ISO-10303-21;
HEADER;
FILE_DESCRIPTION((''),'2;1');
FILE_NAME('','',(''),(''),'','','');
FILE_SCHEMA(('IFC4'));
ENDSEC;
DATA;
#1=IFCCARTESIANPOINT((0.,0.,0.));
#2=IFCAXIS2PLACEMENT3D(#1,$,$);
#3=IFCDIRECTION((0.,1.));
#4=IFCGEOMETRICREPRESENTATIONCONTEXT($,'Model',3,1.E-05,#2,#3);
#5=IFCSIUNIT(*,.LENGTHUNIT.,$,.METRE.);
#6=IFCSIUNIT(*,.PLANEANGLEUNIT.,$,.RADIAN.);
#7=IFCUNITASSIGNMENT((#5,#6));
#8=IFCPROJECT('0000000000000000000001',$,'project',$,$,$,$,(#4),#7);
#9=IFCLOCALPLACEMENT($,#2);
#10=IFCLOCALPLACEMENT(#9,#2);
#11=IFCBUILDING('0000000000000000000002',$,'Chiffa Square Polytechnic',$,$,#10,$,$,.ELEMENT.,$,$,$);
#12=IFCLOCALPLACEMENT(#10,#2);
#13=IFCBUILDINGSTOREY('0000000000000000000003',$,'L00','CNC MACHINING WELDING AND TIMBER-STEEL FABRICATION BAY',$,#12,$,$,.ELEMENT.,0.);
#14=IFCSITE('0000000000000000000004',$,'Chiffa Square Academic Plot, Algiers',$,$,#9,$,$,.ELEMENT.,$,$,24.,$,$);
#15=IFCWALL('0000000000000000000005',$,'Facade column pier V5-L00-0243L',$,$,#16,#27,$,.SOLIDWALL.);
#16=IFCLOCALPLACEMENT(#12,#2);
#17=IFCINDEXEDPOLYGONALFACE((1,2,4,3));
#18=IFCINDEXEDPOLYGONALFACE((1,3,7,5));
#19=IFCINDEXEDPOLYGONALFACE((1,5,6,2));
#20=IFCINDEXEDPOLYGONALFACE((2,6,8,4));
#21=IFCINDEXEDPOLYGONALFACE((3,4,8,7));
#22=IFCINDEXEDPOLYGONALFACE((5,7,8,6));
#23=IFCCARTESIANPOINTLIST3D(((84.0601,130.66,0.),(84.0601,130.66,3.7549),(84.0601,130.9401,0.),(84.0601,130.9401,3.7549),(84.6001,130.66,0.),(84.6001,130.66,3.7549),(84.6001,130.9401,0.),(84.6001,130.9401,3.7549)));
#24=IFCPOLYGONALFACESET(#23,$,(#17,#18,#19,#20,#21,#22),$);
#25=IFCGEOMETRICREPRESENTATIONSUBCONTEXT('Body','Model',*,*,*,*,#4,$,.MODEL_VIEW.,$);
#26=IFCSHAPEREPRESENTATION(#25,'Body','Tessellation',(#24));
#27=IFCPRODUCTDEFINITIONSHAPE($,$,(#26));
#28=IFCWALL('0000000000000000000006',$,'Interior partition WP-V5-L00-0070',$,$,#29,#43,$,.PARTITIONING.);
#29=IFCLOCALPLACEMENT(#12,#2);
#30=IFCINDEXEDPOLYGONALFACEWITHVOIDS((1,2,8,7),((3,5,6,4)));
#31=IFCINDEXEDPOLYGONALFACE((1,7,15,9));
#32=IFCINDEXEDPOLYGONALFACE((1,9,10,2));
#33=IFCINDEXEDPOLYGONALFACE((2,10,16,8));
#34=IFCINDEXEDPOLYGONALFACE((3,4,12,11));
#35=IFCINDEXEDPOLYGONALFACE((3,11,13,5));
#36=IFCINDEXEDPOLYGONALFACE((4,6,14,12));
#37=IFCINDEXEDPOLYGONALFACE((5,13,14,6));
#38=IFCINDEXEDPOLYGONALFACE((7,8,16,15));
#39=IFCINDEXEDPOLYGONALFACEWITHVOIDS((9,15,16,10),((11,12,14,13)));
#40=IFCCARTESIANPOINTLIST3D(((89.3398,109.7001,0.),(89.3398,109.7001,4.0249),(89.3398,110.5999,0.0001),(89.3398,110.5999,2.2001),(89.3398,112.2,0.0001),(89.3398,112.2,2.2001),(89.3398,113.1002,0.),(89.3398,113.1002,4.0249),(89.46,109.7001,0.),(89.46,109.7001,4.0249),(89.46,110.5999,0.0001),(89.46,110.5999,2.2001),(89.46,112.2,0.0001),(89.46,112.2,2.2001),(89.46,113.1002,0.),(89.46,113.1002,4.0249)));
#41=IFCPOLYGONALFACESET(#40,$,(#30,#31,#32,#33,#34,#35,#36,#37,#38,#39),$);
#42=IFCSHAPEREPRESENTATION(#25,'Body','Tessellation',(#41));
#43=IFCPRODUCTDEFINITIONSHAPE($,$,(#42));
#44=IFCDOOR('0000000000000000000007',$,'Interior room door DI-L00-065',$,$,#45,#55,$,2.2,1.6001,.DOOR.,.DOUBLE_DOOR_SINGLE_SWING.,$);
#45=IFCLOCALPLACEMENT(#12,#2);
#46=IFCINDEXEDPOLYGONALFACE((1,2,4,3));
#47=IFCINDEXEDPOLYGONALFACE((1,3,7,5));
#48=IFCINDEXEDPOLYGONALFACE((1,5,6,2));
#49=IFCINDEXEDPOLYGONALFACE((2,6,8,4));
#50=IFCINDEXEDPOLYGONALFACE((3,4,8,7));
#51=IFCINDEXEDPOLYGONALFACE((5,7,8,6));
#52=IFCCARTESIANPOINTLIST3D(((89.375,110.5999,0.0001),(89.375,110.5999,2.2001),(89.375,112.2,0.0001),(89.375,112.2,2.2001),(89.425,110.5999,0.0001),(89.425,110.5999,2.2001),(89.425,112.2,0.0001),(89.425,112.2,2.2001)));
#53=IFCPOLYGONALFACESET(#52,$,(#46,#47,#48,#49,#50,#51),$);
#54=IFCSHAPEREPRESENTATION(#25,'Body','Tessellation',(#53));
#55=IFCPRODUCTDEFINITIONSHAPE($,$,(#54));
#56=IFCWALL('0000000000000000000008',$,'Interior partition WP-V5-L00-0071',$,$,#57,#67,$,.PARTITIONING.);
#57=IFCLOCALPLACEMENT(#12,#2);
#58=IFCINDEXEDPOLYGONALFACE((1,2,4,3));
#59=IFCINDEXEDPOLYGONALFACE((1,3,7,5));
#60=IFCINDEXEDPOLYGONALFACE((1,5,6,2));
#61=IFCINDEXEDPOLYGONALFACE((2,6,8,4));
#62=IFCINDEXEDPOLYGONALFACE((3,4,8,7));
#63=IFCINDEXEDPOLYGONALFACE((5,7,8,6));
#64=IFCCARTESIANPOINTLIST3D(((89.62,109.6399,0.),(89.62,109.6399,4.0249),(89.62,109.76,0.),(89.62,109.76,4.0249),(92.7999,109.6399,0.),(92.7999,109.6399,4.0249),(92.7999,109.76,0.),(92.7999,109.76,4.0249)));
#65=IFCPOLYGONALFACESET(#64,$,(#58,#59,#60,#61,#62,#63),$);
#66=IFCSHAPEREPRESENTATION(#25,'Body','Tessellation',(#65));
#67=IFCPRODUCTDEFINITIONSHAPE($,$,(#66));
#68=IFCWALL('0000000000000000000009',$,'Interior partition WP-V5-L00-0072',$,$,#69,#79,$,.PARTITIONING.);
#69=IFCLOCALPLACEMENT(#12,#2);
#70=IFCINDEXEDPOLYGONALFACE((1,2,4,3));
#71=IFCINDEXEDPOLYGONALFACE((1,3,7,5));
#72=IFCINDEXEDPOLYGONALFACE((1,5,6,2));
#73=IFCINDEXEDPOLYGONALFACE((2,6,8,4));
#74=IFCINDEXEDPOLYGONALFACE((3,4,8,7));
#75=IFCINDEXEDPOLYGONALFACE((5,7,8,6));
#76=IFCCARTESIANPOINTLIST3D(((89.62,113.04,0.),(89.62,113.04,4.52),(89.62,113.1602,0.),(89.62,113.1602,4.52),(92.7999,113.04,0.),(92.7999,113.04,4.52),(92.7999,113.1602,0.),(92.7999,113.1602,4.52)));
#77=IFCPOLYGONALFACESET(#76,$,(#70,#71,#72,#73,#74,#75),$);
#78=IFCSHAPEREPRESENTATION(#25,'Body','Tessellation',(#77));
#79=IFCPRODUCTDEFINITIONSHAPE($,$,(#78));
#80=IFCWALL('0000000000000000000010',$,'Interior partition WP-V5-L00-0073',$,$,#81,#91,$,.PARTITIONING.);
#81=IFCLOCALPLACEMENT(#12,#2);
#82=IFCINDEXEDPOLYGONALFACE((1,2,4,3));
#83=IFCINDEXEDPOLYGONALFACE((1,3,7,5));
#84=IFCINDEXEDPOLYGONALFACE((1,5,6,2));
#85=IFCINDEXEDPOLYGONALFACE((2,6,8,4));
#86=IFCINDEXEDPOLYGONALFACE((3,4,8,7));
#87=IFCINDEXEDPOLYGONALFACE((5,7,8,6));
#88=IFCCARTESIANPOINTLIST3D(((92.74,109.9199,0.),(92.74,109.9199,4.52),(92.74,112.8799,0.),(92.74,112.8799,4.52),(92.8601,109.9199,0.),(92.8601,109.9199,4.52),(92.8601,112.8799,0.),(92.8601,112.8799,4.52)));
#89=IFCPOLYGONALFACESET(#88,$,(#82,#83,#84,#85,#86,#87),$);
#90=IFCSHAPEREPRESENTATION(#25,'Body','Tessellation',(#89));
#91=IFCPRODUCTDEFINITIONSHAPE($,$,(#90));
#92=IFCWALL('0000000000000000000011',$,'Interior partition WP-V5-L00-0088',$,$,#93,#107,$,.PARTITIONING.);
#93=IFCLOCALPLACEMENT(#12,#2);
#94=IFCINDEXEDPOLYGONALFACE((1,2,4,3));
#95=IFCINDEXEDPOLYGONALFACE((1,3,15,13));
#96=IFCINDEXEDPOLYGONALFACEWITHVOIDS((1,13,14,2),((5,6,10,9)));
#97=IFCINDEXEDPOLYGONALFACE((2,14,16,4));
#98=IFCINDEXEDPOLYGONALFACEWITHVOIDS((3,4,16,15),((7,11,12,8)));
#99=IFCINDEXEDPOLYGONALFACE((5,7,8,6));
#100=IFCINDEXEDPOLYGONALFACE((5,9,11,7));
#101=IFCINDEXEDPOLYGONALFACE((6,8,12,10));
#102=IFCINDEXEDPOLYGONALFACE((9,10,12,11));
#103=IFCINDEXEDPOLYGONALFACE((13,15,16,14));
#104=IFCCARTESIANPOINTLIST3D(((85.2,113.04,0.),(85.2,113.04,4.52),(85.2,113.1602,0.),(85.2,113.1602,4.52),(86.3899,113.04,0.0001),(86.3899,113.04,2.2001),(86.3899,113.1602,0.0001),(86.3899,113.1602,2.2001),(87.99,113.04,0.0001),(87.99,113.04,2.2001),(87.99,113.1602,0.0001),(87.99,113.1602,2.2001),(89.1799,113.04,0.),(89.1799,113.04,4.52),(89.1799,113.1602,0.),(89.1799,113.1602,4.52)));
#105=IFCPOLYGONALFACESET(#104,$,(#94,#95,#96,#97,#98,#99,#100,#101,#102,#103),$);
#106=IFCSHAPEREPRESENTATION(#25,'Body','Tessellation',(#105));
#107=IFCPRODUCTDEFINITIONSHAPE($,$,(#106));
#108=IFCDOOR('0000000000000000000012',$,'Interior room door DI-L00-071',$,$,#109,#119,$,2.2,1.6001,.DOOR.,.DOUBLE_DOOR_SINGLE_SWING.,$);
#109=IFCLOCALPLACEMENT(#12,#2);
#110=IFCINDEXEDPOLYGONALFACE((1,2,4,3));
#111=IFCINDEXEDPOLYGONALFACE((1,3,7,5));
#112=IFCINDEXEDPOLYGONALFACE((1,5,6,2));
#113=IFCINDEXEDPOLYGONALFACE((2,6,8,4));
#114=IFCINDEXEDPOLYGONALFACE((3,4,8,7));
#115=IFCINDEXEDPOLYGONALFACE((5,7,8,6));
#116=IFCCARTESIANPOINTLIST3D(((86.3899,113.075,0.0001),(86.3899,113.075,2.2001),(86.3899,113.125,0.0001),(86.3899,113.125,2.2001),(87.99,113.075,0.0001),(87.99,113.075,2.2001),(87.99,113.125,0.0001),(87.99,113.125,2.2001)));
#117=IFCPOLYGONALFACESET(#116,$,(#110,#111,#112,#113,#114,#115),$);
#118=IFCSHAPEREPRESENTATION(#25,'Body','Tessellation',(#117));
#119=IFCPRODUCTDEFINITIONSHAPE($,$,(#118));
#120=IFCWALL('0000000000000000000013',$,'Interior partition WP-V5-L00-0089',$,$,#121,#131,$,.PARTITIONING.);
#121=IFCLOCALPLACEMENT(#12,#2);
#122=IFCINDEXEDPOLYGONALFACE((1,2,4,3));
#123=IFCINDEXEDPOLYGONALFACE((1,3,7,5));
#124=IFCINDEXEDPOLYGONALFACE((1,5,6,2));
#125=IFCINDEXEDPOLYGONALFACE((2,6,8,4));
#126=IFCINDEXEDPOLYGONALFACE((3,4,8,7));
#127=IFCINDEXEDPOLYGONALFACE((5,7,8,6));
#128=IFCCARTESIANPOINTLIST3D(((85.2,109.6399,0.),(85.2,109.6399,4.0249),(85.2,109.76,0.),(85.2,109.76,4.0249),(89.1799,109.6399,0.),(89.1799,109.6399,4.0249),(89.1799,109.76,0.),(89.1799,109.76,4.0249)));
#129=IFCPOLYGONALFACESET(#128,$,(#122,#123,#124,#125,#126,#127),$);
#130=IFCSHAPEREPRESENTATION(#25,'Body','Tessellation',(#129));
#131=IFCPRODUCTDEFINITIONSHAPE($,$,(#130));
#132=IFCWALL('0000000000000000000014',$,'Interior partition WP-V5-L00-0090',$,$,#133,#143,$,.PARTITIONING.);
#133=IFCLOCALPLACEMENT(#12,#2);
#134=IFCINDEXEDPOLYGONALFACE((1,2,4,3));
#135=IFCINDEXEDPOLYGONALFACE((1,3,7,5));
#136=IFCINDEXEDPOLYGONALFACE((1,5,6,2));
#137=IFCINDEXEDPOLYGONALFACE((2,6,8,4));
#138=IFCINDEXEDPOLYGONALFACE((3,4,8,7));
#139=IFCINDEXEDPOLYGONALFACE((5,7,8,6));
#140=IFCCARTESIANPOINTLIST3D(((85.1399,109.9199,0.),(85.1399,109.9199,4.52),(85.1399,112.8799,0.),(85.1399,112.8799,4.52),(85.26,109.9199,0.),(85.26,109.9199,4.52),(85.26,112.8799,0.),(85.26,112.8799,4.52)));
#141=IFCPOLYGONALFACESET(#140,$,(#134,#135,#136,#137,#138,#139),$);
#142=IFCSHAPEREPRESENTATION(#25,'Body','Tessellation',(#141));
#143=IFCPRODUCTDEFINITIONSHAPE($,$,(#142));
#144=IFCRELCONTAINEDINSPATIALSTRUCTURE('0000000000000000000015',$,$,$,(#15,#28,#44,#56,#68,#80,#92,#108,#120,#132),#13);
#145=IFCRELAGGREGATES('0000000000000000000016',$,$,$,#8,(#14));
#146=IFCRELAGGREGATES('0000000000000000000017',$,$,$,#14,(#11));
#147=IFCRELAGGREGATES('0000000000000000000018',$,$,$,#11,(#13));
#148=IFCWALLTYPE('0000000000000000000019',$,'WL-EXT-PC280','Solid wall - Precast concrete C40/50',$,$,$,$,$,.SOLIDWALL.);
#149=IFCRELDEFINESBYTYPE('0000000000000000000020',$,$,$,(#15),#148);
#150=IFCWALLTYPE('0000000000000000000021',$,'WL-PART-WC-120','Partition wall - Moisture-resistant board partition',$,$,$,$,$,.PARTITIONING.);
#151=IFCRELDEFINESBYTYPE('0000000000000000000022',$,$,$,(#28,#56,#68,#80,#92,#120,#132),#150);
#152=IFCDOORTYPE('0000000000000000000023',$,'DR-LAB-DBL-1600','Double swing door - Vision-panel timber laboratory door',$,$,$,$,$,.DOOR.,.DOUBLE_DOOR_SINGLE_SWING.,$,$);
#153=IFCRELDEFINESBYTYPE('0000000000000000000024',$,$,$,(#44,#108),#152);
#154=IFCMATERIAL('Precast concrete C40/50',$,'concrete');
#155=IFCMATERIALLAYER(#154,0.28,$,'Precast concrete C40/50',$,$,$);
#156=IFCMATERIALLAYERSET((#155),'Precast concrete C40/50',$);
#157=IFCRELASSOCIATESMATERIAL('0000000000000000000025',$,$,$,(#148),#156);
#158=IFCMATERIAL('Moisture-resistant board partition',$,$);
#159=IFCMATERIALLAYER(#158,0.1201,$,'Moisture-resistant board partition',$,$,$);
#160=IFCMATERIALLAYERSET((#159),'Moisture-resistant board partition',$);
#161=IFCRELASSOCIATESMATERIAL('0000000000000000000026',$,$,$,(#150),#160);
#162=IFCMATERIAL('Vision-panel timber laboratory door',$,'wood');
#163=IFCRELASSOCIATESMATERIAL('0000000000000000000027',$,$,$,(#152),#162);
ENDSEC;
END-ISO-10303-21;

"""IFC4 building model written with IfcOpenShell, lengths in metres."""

from ifc_helpers import new_model, si_unit, direction, frame, frame_2d, origin, place, context, subcontext, project, spatial, rectangle, extrude, material, layer, layer_set, type_object, element, fill, save


model = new_model("IFC4")

# Units and contexts
model_context = context("Model", 3, precision=1e-05, world=origin(), true_north=direction((0.0, 1.0)))
body_context = subcontext(model_context, "Body", "Model", "MODEL_VIEW")
ifc_project = project(units=[si_unit("LENGTHUNIT", "METRE"), si_unit("PLANEANGLEUNIT", "RADIAN")], contexts=[model_context])

# Site, building, storey
site_placement = place(None, origin())
site = spatial("IfcSite", under=ifc_project, at=site_placement, Name="Chiffa Square Academic Plot, Algiers", CompositionType="ELEMENT", RefElevation=24.0)
building_placement = place(site_placement, origin())
building = spatial("IfcBuilding", under=site, at=building_placement, Name="Chiffa Square Polytechnic", CompositionType="ELEMENT")
storey_placement = place(building_placement, origin())
storey = spatial("IfcBuildingStorey", under=building, at=storey_placement, Name="L00", Description="CNC MACHINING WELDING AND TIMBER-STEEL FABRICATION BAY", CompositionType="ELEMENT", Elevation=0.0)

# Wall
ifc_material_1 = material(Name="Precast concrete C40/50", Category="concrete")
ifc_layer_1 = layer(ifc_material_1, 0.28, Name="Precast concrete C40/50")
ifc_layer_set_1 = layer_set([ifc_layer_1], Name="Precast concrete C40/50")
wall_type_1 = type_object("IfcWallType", Name="WL-EXT-PC280", Description="Solid wall - Precast concrete C40/50", PredefinedType="SOLIDWALL", material=ifc_layer_set_1)
wall_1_placement = place(storey_placement, frame((84.6001, 130.8, 0.0), z_axis=(0.0, 0.0, 1.0), x_axis=(-1.0, 0.0, 0.0)))
element("IfcWall", 1, at=wall_1_placement, inside=storey, type_object=wall_type_1, Name="Facade column pier V5-L00-0243L", PredefinedType="SOLIDWALL", context=body_context, shape_type="SweptSolid", body=[
    extrude(rectangle(XDim=0.54, YDim=0.28, at=frame_2d((0.27, 0.0))), origin(), (0.0, 0.0, 1.0), 3.7549),
])

# Wall, opening, door
ifc_material_2 = material(Name="Moisture-resistant board partition")
ifc_layer_2 = layer(ifc_material_2, 0.1201, Name="Moisture-resistant board partition")
ifc_layer_set_2 = layer_set([ifc_layer_2], Name="Moisture-resistant board partition")
wall_type_2 = type_object("IfcWallType", Name="WL-PART-WC-120", Description="Partition wall - Moisture-resistant board partition", PredefinedType="PARTITIONING", material=ifc_layer_set_2)
wall_2_placement = place(storey_placement, frame((89.3999, 109.7, 0.0), z_axis=(0.0, 0.0, 1.0), x_axis=(0.0, 1.0, 0.0)))
wall_2 = element("IfcWall", 2, at=wall_2_placement, inside=storey, type_object=wall_type_2, Name="Interior partition WP-V5-L00-0070", PredefinedType="PARTITIONING", context=body_context, shape_type="SweptSolid", body=[
    extrude(rectangle(XDim=3.4001, YDim=0.1201, at=frame_2d((1.7002, 0.0))), origin(), (0.0, 0.0, 1.0), 4.0249),
])
opening_1_placement = place(wall_2_placement, frame((0.8999, 0.0, 0.0)))
opening_1 = element("IfcOpeningElement", 3, at=opening_1_placement, cuts=wall_2, PredefinedType="OPENING", context=body_context, shape_type="SweptSolid", body=[
    extrude(rectangle(XDim=1.6001, YDim=2.2, at=frame_2d((0.8, 1.1001))), frame((0.0, 0.0701, 0.0), z_axis=(0.0, -1.0, 0.0), x_axis=(1.0, 0.0, 0.0)), (0.0, 0.0, 1.0), 0.1401),
])
ifc_material_3 = material(Name="Vision-panel timber laboratory door", Category="wood")
door_type = type_object("IfcDoorType", Name="DR-LAB-DBL-1600", Description="Double swing door - Vision-panel timber laboratory door", OperationType="DOUBLE_DOOR_SINGLE_SWING", PredefinedType="DOOR", material=ifc_material_3)
door_1_placement = place(opening_1_placement, origin())
door_1 = element("IfcDoor", 4, at=door_1_placement, inside=storey, type_object=door_type, Name="Interior room door DI-L00-065", OperationType="DOUBLE_DOOR_SINGLE_SWING", OverallHeight=2.2, OverallWidth=1.6001, PredefinedType="DOOR", context=body_context, shape_type="SweptSolid", body=[
    extrude(rectangle(XDim=1.6001, YDim=2.2, at=frame_2d((0.8, 1.1001))), frame((0.0, 0.0249, 0.0), z_axis=(0.0, -1.0, 0.0), x_axis=(1.0, 0.0, 0.0)), (0.0, 0.0, 1.0), 0.05),
])
fill(opening_1, door_1)

# Walls
wall_3_placement = place(storey_placement, frame((89.6201, 109.7, 0.0), z_axis=(0.0, 0.0, 1.0), x_axis=(1.0, 0.0, 0.0)))
element("IfcWall", 5, at=wall_3_placement, inside=storey, type_object=wall_type_2, Name="Interior partition WP-V5-L00-0071", PredefinedType="PARTITIONING", context=body_context, shape_type="SweptSolid", body=[
    extrude(rectangle(XDim=3.1799, YDim=0.1201, at=frame_2d((1.5898, 0.0))), origin(), (0.0, 0.0, 1.0), 4.0249),
])
wall_4_placement = place(storey_placement, frame((89.6201, 113.1001, 0.0), z_axis=(0.0, 0.0, 1.0), x_axis=(1.0, 0.0, 0.0)))
element("IfcWall", 6, at=wall_4_placement, inside=storey, type_object=wall_type_2, Name="Interior partition WP-V5-L00-0072", PredefinedType="PARTITIONING", context=body_context, shape_type="SweptSolid", body=[
    extrude(rectangle(XDim=3.1799, YDim=0.1201, at=frame_2d((1.5898, 0.0))), origin(), (0.0, 0.0, 1.0), 4.52),
])
wall_5_placement = place(storey_placement, frame((92.8, 109.9199, 0.0), z_axis=(0.0, 0.0, 1.0), x_axis=(0.0, 1.0, 0.0)))
element("IfcWall", 7, at=wall_5_placement, inside=storey, type_object=wall_type_2, Name="Interior partition WP-V5-L00-0073", PredefinedType="PARTITIONING", context=body_context, shape_type="SweptSolid", body=[
    extrude(rectangle(XDim=2.96, YDim=0.1201, at=frame_2d((1.48, 0.0))), origin(), (0.0, 0.0, 1.0), 4.52),
])

# Wall, opening, door
wall_6_placement = place(storey_placement, frame((85.2, 113.1001, 0.0), z_axis=(0.0, 0.0, 1.0), x_axis=(1.0, 0.0, 0.0)))
wall_6 = element("IfcWall", 8, at=wall_6_placement, inside=storey, type_object=wall_type_2, Name="Interior partition WP-V5-L00-0088", PredefinedType="PARTITIONING", context=body_context, shape_type="SweptSolid", body=[
    extrude(rectangle(XDim=3.98, YDim=0.1201, at=frame_2d((1.99, 0.0))), origin(), (0.0, 0.0, 1.0), 4.52),
])
opening_2_placement = place(wall_6_placement, frame((1.1899, 0.0, 0.0)))
opening_2 = element("IfcOpeningElement", 9, at=opening_2_placement, cuts=wall_6, PredefinedType="OPENING", context=body_context, shape_type="SweptSolid", body=[
    extrude(rectangle(XDim=1.6001, YDim=2.2, at=frame_2d((0.8, 1.1001))), frame((0.0, 0.0701, 0.0), z_axis=(0.0, -1.0, 0.0), x_axis=(1.0, 0.0, 0.0)), (0.0, 0.0, 1.0), 0.1401),
])
door_2_placement = place(opening_2_placement, origin())
door_2 = element("IfcDoor", 10, at=door_2_placement, inside=storey, type_object=door_type, Name="Interior room door DI-L00-071", OperationType="DOUBLE_DOOR_SINGLE_SWING", OverallHeight=2.2, OverallWidth=1.6001, PredefinedType="DOOR", context=body_context, shape_type="SweptSolid", body=[
    extrude(rectangle(XDim=1.6001, YDim=2.2, at=frame_2d((0.8, 1.1001))), frame((0.0, 0.0249, 0.0), z_axis=(0.0, -1.0, 0.0), x_axis=(1.0, 0.0, 0.0)), (0.0, 0.0, 1.0), 0.05),
])
fill(opening_2, door_2)

# Walls
wall_7_placement = place(storey_placement, frame((85.2, 109.7, 0.0), z_axis=(0.0, 0.0, 1.0), x_axis=(1.0, 0.0, 0.0)))
element("IfcWall", 11, at=wall_7_placement, inside=storey, type_object=wall_type_2, Name="Interior partition WP-V5-L00-0089", PredefinedType="PARTITIONING", context=body_context, shape_type="SweptSolid", body=[
    extrude(rectangle(XDim=3.98, YDim=0.1201, at=frame_2d((1.99, 0.0))), origin(), (0.0, 0.0, 1.0), 4.0249),
])
wall_8_placement = place(storey_placement, frame((85.2, 109.9199, 0.0), z_axis=(0.0, 0.0, 1.0), x_axis=(0.0, 1.0, 0.0)))
element("IfcWall", 12, at=wall_8_placement, inside=storey, type_object=wall_type_2, Name="Interior partition WP-V5-L00-0090", PredefinedType="PARTITIONING", context=body_context, shape_type="SweptSolid", body=[
    extrude(rectangle(XDim=2.96, YDim=0.1201, at=frame_2d((1.48, 0.0))), origin(), (0.0, 0.0, 1.0), 4.52),
])

save(model, "model.ifc")
